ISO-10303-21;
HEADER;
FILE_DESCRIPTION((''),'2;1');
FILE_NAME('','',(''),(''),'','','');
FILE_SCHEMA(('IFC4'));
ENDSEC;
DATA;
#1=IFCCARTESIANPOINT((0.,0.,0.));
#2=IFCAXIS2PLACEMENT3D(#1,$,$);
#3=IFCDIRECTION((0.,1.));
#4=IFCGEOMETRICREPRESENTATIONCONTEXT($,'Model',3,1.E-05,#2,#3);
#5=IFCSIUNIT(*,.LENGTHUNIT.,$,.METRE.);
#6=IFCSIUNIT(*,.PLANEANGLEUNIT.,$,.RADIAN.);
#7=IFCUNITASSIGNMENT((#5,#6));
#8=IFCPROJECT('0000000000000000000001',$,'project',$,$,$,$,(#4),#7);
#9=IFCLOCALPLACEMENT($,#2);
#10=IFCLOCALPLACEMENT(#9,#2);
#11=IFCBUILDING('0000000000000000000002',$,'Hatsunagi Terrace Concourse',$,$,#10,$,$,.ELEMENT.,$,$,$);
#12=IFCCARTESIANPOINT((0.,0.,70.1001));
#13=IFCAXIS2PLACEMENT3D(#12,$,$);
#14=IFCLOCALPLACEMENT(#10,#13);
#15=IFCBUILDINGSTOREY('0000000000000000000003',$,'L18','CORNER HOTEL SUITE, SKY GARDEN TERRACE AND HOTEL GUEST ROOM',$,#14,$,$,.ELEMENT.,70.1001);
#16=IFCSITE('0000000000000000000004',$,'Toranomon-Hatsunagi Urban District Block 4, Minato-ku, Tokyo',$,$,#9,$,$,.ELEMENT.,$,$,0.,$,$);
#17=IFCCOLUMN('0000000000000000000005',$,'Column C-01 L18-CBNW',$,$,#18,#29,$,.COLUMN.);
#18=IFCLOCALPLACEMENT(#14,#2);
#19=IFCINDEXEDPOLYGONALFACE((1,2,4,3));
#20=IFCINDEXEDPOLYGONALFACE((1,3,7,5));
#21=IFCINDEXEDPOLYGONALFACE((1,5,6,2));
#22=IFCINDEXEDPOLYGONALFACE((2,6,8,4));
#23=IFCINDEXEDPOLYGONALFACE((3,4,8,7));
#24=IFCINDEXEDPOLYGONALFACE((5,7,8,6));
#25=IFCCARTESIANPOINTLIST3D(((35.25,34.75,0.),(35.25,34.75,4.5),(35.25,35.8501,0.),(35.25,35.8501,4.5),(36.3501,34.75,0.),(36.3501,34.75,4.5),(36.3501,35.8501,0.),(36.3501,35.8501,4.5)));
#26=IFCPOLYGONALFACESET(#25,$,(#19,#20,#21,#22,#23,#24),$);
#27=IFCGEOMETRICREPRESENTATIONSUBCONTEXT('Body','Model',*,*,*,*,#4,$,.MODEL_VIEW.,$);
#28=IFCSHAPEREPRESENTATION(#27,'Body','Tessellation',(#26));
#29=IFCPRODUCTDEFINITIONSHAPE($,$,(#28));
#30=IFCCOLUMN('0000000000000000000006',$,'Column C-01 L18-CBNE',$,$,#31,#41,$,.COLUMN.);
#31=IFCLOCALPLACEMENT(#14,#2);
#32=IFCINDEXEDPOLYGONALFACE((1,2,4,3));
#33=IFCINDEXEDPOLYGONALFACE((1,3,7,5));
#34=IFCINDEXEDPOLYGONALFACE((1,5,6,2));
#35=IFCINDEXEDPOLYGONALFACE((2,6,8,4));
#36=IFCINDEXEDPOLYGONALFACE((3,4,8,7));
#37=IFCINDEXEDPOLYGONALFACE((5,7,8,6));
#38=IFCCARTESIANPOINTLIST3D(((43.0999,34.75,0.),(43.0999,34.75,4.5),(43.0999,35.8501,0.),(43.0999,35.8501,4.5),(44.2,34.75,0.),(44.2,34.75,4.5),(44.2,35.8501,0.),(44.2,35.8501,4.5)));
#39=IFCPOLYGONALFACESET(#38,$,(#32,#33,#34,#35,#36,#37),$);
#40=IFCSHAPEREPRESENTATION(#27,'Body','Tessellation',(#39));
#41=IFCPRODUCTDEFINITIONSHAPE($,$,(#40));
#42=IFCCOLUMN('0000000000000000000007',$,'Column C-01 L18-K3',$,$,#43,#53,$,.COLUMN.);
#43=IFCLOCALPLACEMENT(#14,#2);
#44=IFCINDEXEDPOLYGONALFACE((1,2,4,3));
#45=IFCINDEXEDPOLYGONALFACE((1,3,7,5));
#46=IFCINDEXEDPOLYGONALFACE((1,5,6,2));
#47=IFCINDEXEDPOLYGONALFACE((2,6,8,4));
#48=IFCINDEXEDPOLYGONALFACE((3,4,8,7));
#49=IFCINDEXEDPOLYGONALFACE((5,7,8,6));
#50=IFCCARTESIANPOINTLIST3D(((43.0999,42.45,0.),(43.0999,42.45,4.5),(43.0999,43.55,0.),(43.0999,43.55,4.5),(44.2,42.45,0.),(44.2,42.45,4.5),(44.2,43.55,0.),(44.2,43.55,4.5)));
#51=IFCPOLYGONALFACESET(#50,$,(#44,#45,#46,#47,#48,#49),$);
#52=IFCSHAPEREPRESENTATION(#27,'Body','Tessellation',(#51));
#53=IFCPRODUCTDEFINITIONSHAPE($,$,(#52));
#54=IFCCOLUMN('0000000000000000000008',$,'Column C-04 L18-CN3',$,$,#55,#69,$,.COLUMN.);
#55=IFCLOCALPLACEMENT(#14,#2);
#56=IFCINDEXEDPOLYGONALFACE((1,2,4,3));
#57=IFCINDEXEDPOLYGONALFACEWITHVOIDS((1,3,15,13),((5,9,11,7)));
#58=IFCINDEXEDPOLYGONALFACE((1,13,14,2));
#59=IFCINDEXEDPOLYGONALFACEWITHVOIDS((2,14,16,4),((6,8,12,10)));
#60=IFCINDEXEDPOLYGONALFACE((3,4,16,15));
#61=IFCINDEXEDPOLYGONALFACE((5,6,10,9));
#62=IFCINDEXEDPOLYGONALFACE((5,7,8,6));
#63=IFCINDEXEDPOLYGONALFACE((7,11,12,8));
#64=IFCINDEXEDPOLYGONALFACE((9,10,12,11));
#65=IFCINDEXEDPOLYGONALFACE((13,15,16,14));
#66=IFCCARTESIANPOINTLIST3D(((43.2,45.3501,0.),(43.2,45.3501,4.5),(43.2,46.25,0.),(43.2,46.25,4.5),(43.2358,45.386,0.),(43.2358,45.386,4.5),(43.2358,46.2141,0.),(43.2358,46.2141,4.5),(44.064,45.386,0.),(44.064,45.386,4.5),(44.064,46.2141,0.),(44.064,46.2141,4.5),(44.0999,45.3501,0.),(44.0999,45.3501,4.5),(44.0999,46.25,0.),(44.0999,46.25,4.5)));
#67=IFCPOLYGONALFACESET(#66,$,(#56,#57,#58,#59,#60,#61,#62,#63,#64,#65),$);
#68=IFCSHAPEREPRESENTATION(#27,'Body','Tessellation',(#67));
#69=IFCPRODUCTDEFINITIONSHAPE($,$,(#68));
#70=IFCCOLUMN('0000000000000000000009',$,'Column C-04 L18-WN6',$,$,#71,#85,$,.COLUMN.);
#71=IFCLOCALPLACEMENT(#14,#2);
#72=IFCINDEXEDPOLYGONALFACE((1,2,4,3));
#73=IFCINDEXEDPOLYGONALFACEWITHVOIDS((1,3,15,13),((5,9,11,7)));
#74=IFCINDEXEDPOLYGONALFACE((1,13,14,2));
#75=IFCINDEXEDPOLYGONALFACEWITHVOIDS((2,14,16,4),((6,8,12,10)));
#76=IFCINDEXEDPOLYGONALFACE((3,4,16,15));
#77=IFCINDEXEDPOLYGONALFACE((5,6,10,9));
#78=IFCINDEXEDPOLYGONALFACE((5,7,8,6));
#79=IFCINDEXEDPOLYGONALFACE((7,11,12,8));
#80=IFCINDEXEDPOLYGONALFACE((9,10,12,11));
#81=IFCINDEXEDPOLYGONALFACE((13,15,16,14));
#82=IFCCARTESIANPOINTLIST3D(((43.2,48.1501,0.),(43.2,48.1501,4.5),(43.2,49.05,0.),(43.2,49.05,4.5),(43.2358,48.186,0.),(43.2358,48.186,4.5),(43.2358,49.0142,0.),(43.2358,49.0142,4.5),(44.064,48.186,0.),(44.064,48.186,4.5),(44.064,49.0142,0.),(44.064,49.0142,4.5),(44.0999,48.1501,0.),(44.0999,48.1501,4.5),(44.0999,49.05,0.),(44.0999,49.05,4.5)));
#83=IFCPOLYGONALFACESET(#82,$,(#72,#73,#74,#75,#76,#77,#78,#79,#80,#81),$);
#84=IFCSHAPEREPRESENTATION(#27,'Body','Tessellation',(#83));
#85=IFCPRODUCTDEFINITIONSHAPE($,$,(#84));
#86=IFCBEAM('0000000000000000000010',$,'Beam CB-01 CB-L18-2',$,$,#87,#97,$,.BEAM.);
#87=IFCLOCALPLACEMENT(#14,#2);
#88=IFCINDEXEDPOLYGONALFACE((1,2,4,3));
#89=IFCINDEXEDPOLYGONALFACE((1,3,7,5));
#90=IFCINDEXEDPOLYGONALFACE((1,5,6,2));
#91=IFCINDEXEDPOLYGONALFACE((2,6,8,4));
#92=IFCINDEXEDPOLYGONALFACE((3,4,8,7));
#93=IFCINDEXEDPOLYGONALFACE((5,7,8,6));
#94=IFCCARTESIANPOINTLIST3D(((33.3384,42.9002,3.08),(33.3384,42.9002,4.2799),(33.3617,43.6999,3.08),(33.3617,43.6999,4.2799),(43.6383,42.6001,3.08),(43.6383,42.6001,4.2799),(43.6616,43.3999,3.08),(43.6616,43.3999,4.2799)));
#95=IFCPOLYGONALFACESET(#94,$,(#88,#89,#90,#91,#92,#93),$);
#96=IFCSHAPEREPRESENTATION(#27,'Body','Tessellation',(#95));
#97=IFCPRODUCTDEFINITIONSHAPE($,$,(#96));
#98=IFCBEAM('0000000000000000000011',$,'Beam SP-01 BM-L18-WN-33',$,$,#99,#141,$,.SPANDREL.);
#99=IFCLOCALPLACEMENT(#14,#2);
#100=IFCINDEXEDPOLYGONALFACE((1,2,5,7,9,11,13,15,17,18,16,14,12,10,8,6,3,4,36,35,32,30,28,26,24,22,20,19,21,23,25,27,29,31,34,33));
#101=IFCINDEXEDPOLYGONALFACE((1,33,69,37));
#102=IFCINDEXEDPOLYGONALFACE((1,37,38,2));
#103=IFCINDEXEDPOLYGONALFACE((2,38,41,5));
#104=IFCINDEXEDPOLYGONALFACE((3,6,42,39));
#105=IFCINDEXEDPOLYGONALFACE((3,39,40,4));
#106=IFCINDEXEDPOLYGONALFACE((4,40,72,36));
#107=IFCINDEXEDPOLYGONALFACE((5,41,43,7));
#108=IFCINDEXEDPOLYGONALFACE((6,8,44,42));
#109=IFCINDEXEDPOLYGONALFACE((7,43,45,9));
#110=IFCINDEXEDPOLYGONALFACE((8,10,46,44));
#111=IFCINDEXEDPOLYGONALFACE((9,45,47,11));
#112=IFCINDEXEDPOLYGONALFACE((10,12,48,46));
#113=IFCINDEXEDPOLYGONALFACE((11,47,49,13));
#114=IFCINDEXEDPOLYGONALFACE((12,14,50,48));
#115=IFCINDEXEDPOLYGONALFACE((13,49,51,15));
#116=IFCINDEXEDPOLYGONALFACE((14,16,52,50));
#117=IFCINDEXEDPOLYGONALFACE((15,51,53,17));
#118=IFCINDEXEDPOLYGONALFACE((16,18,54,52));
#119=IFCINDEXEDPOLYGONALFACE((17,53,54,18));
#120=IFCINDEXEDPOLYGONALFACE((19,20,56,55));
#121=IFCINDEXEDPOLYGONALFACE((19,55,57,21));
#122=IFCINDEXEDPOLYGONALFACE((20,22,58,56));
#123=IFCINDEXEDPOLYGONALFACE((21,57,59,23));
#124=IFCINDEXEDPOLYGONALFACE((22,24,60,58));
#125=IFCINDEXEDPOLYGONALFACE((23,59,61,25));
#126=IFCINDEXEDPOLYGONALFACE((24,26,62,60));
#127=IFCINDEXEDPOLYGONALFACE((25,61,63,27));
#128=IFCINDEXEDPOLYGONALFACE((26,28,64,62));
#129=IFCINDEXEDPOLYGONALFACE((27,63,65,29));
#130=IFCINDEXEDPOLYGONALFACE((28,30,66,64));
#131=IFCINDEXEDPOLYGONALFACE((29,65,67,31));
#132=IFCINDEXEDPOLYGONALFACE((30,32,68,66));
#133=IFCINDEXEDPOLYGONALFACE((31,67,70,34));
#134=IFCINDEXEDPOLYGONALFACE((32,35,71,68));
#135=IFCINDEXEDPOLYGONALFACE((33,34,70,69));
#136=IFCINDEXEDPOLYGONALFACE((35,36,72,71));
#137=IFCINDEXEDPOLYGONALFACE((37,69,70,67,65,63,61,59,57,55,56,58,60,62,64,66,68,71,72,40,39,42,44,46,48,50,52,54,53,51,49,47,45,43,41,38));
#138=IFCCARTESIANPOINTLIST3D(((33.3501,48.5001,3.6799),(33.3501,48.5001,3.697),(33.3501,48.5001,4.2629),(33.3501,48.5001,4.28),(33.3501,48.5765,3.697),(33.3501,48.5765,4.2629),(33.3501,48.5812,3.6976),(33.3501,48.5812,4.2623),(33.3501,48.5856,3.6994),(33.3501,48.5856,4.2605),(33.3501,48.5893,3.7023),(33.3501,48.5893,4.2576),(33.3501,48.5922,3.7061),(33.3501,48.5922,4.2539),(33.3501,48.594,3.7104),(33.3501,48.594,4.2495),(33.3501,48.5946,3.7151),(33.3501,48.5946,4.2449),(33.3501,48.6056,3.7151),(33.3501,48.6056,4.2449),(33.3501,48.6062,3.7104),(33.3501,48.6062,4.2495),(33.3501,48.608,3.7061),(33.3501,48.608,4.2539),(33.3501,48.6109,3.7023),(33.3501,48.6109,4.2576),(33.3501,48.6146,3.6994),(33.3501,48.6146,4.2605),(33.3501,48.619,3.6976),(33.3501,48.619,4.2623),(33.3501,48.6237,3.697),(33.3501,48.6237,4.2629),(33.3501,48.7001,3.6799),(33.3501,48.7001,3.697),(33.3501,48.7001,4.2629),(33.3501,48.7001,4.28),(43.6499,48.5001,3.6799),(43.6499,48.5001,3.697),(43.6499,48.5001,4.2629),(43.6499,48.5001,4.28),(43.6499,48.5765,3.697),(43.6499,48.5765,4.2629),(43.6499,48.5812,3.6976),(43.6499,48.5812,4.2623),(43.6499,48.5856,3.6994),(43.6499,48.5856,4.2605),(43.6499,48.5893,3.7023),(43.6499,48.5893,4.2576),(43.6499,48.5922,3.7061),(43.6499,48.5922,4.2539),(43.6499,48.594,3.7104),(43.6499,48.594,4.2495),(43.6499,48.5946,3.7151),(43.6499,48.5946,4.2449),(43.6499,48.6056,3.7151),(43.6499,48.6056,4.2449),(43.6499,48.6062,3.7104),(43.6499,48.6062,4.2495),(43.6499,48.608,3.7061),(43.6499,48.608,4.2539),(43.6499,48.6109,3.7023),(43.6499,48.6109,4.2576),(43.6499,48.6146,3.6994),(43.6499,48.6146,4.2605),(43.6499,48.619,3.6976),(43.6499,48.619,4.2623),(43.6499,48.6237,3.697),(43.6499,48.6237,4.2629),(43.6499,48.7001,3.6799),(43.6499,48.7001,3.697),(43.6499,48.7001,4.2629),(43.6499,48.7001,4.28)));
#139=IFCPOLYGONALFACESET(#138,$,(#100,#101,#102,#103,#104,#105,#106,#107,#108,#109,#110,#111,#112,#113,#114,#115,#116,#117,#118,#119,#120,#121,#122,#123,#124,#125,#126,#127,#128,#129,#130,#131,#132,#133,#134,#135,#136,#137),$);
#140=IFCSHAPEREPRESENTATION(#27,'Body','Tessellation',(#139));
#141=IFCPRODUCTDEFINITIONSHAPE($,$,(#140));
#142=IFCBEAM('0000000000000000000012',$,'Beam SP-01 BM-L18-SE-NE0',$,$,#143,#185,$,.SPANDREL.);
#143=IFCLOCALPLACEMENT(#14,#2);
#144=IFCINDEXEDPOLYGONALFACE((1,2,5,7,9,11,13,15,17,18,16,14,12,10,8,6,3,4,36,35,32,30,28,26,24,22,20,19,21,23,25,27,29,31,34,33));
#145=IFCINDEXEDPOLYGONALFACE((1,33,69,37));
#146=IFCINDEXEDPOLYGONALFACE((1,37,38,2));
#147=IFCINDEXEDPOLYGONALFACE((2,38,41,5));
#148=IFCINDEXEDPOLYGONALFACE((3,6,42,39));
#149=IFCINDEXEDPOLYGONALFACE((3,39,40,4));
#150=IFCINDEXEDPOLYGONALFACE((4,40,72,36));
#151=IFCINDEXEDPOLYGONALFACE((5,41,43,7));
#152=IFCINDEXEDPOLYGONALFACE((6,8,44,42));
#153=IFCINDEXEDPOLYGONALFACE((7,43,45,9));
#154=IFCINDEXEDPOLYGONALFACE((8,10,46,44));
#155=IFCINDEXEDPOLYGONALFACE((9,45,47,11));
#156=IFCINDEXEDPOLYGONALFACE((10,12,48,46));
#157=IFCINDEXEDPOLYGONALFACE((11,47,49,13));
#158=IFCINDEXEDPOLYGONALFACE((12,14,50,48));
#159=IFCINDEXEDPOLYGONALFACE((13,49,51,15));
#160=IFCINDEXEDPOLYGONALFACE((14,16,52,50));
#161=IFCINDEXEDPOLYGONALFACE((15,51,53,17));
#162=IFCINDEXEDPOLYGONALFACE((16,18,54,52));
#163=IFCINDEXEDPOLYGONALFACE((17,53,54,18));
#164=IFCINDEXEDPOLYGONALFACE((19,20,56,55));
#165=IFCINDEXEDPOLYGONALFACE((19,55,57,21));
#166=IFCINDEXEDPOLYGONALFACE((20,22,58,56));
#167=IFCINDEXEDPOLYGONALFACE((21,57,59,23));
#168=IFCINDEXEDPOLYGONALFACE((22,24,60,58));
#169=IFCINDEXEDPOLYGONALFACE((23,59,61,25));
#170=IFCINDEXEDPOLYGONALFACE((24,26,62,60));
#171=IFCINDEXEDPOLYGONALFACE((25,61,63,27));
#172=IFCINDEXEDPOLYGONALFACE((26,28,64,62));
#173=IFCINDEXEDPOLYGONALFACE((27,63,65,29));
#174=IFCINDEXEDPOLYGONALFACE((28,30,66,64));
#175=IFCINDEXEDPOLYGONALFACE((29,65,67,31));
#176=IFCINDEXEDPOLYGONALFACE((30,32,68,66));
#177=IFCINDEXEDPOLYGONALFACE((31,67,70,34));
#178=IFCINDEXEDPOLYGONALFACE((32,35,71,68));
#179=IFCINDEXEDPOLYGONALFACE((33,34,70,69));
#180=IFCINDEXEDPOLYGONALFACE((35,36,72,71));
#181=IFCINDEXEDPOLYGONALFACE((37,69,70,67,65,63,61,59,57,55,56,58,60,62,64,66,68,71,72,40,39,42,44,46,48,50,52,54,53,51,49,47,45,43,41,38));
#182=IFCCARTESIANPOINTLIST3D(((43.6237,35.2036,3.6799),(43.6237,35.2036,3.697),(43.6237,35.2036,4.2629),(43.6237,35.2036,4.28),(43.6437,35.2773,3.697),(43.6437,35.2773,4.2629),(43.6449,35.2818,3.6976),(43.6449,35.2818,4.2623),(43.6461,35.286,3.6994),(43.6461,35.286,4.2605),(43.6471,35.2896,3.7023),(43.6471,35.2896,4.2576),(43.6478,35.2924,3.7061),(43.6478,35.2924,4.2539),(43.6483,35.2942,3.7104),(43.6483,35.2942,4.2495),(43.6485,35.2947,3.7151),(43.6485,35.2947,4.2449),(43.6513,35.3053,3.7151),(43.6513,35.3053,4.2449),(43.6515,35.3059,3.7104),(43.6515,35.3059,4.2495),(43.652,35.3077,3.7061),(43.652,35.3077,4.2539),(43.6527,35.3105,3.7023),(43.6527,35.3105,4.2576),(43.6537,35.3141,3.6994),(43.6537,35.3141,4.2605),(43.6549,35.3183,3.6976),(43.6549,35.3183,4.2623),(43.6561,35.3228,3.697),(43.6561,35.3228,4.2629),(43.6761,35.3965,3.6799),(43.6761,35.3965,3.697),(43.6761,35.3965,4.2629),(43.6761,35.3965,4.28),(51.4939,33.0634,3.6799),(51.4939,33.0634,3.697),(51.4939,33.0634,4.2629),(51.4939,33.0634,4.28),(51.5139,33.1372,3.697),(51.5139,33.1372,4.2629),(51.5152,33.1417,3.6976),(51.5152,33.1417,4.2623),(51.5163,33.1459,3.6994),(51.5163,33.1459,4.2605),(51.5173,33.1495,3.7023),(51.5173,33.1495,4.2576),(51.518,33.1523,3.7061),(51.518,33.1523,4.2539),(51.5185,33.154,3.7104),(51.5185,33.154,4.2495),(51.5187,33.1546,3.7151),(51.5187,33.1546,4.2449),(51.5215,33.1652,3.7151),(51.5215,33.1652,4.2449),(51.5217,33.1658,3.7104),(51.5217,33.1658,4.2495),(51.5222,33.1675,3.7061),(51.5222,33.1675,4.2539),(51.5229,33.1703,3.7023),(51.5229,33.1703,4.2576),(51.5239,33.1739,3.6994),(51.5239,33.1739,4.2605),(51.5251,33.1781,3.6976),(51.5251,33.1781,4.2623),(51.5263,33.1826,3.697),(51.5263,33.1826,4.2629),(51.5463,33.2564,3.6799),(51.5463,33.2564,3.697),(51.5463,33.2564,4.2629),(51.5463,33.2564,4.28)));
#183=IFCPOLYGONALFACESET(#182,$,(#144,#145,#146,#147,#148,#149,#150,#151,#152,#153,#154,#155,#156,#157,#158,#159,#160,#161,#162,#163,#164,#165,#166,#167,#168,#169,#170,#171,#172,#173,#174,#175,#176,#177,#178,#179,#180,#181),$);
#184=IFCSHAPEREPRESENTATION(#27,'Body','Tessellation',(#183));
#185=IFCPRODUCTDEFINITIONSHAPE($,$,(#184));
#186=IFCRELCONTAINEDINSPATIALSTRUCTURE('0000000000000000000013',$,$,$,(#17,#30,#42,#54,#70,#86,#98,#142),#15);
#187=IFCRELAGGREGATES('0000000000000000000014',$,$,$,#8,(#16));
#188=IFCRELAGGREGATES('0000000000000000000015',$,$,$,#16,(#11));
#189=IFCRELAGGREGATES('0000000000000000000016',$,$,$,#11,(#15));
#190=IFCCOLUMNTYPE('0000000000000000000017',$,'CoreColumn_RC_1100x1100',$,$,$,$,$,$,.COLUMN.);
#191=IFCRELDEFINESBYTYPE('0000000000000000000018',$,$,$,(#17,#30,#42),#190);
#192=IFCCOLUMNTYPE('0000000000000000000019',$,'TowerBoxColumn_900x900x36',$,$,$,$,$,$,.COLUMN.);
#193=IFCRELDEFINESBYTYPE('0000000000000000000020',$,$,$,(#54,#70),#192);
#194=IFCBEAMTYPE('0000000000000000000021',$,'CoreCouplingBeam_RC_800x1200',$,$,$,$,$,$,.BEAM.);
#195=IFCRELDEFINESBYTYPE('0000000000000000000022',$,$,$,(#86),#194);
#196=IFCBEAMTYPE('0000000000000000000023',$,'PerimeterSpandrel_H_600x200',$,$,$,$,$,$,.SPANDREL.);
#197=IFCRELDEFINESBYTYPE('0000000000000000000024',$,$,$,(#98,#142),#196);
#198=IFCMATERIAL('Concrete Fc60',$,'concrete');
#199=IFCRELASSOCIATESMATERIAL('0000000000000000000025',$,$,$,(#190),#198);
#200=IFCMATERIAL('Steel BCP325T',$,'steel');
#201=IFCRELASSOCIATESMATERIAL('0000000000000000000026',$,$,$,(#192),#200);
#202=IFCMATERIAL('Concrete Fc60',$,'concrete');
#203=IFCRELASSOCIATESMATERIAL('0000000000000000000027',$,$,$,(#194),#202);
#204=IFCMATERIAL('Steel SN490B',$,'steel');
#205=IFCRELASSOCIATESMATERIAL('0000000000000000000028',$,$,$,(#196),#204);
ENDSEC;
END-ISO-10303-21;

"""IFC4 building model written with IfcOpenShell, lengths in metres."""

from ifc_helpers import new_model, si_unit, direction, frame, origin, origin_2d, place, context, subcontext, project, spatial, rectangle, hollow_rectangle, i_section, extrude, material, material_profile, profile_set, type_object, element, save


model = new_model("IFC4")

# Units and contexts
model_context = context("Model", 3, precision=1e-05, world=origin(), true_north=direction((0.0, 1.0)))
body_context = subcontext(model_context, "Body", "Model", "MODEL_VIEW")
ifc_project = project(units=[si_unit("LENGTHUNIT", "METRE"), si_unit("PLANEANGLEUNIT", "RADIAN")], contexts=[model_context])

# Site, building, storey
site_placement = place(None, origin())
site = spatial("IfcSite", under=ifc_project, at=site_placement, Name="Toranomon-Hatsunagi Urban District Block 4, Minato-ku, Tokyo", CompositionType="ELEMENT", RefElevation=0.0)
building_placement = place(site_placement, origin())
building = spatial("IfcBuilding", under=site, at=building_placement, Name="Hatsunagi Terrace Concourse", CompositionType="ELEMENT")
storey_placement = place(building_placement, frame((0.0, 0.0, 70.1001)))
storey = spatial("IfcBuildingStorey", under=building, at=storey_placement, Name="L18", Description="CORNER HOTEL SUITE, SKY GARDEN TERRACE AND HOTEL GUEST ROOM", CompositionType="ELEMENT", Elevation=70.1001)

# Columns
ifc_material_1 = material(Name="Concrete Fc60", Category="concrete")
ifc_material_profile_1 = material_profile(ifc_material_1, rectangle(XDim=1.1001, YDim=1.1001, at=origin_2d()), Name="RC-1100x1100")
ifc_profile_set_1 = profile_set([ifc_material_profile_1], Name="Concrete Fc60")
column_type_1 = type_object("IfcColumnType", Name="CoreColumn_RC_1100x1100", PredefinedType="COLUMN", material=ifc_profile_set_1)
for number, where, z_axis, x_axis, name in (
    (1, (35.8, 35.3, 0.0), (0.0, 0.0, 1.0), (1.0, 0.0, 0.0), "Column C-01 L18-CBNW"),
    (2, (43.6499, 35.3, 0.0), (0.0, 0.0, 1.0), (1.0, 0.0, 0.0), "Column C-01 L18-CBNE"),
    (3, (43.6499, 43.0, 0.0), (0.0, 0.0, 1.0), (1.0, 0.0, 0.0), "Column C-01 L18-K3"),
):
    element("IfcColumn", number, at=place(storey_placement, frame(where, z_axis=z_axis, x_axis=x_axis)), inside=storey, type_object=column_type_1, Name=name, PredefinedType="COLUMN", context=body_context, shape_type="SweptSolid", body=[
        extrude(rectangle(XDim=1.1001, YDim=1.1001, at=origin_2d()), origin(), (0.0, 0.0, 1.0), 4.5),
    ])
ifc_material_2 = material(Name="Steel BCP325T", Category="steel")
ifc_material_profile_2 = material_profile(ifc_material_2, hollow_rectangle(XDim=0.8999, YDim=0.8999, WallThickness=0.0359, at=origin_2d()), Name="BCP-900x900x36")
ifc_profile_set_2 = profile_set([ifc_material_profile_2], Name="Steel BCP325T")
column_type_2 = type_object("IfcColumnType", Name="TowerBoxColumn_900x900x36", PredefinedType="COLUMN", material=ifc_profile_set_2)
for number, where, z_axis, x_axis, name in (
    (4, (43.6499, 45.8, 0.0), (0.0, 0.0, 1.0), (1.0, 0.0, 0.0), "Column C-04 L18-CN3"),
    (5, (43.6499, 48.6001, 0.0), (0.0, 0.0, 1.0), (1.0, 0.0, 0.0), "Column C-04 L18-WN6"),
):
    element("IfcColumn", number, at=place(storey_placement, frame(where, z_axis=z_axis, x_axis=x_axis)), inside=storey, type_object=column_type_2, Name=name, PredefinedType="COLUMN", context=body_context, shape_type="SweptSolid", body=[
        extrude(hollow_rectangle(XDim=0.8999, YDim=0.8999, WallThickness=0.0359, at=origin_2d()), origin(), (0.0, 0.0, 1.0), 4.5),
    ])

# Beams
ifc_material_3 = material(Name="Concrete Fc60", Category="concrete")
ifc_material_profile_3 = material_profile(ifc_material_3, rectangle(XDim=0.8, YDim=1.2, at=origin_2d()), Name="RC-800x1200")
ifc_profile_set_3 = profile_set([ifc_material_profile_3], Name="Concrete Fc60")
beam_type_1 = type_object("IfcBeamType", Name="CoreCouplingBeam_RC_800x1200", PredefinedType="BEAM", material=ifc_profile_set_3)
beam_1_placement = place(storey_placement, frame((33.3501, 43.3, 3.6799), z_axis=(0.999576, -0.029119, 0.0), x_axis=(0.029119, 0.999576, 0.0)))
element("IfcBeam", 6, at=beam_1_placement, inside=storey, type_object=beam_type_1, Name="Beam CB-01 CB-L18-2", PredefinedType="BEAM", context=body_context, shape_type="SweptSolid", body=[
    extrude(rectangle(XDim=0.8, YDim=1.2, at=origin_2d()), origin(), (0.0, 0.0, 1.0), 10.3042),
])
ifc_material_4 = material(Name="Steel SN490B", Category="steel")
ifc_material_profile_4 = material_profile(ifc_material_4, i_section(OverallWidth=0.2, OverallDepth=0.6001, WebThickness=0.011, FlangeThickness=0.0171, FilletRadius=0.0181, at=origin_2d()), Name="H-600x200x11x17")
ifc_profile_set_4 = profile_set([ifc_material_profile_4], Name="Steel SN490B")
beam_type_2 = type_object("IfcBeamType", Name="PerimeterSpandrel_H_600x200", PredefinedType="SPANDREL", material=ifc_profile_set_4)
beam_2_placement = place(storey_placement, frame((33.3501, 48.6001, 3.98), z_axis=(1.0, 0.0, 0.0), x_axis=(0.0, 1.0, 0.0)))
element("IfcBeam", 7, at=beam_2_placement, inside=storey, type_object=beam_type_2, Name="Beam SP-01 BM-L18-WN-33", PredefinedType="SPANDREL", context=body_context, shape_type="SweptSolid", body=[
    extrude(i_section(OverallWidth=0.2, OverallDepth=0.6001, WebThickness=0.011, FlangeThickness=0.0171, FilletRadius=0.0181, at=origin_2d()), origin(), (0.0, 0.0, 1.0), 10.2998),
])
beam_3_placement = place(storey_placement, frame((43.6499, 35.3, 3.98), z_axis=(0.964958, -0.262403, 0.0), x_axis=(0.262403, 0.964958, 0.0)))
element("IfcBeam", 8, at=beam_3_placement, inside=storey, type_object=beam_type_2, Name="Beam SP-01 BM-L18-SE-NE0", PredefinedType="SPANDREL", context=body_context, shape_type="SweptSolid", body=[
    extrude(i_section(OverallWidth=0.2, OverallDepth=0.6001, WebThickness=0.011, FlangeThickness=0.0171, FilletRadius=0.0181, at=origin_2d()), origin(), (0.0, 0.0, 1.0), 8.156),
])

save(model, "model.ifc")
